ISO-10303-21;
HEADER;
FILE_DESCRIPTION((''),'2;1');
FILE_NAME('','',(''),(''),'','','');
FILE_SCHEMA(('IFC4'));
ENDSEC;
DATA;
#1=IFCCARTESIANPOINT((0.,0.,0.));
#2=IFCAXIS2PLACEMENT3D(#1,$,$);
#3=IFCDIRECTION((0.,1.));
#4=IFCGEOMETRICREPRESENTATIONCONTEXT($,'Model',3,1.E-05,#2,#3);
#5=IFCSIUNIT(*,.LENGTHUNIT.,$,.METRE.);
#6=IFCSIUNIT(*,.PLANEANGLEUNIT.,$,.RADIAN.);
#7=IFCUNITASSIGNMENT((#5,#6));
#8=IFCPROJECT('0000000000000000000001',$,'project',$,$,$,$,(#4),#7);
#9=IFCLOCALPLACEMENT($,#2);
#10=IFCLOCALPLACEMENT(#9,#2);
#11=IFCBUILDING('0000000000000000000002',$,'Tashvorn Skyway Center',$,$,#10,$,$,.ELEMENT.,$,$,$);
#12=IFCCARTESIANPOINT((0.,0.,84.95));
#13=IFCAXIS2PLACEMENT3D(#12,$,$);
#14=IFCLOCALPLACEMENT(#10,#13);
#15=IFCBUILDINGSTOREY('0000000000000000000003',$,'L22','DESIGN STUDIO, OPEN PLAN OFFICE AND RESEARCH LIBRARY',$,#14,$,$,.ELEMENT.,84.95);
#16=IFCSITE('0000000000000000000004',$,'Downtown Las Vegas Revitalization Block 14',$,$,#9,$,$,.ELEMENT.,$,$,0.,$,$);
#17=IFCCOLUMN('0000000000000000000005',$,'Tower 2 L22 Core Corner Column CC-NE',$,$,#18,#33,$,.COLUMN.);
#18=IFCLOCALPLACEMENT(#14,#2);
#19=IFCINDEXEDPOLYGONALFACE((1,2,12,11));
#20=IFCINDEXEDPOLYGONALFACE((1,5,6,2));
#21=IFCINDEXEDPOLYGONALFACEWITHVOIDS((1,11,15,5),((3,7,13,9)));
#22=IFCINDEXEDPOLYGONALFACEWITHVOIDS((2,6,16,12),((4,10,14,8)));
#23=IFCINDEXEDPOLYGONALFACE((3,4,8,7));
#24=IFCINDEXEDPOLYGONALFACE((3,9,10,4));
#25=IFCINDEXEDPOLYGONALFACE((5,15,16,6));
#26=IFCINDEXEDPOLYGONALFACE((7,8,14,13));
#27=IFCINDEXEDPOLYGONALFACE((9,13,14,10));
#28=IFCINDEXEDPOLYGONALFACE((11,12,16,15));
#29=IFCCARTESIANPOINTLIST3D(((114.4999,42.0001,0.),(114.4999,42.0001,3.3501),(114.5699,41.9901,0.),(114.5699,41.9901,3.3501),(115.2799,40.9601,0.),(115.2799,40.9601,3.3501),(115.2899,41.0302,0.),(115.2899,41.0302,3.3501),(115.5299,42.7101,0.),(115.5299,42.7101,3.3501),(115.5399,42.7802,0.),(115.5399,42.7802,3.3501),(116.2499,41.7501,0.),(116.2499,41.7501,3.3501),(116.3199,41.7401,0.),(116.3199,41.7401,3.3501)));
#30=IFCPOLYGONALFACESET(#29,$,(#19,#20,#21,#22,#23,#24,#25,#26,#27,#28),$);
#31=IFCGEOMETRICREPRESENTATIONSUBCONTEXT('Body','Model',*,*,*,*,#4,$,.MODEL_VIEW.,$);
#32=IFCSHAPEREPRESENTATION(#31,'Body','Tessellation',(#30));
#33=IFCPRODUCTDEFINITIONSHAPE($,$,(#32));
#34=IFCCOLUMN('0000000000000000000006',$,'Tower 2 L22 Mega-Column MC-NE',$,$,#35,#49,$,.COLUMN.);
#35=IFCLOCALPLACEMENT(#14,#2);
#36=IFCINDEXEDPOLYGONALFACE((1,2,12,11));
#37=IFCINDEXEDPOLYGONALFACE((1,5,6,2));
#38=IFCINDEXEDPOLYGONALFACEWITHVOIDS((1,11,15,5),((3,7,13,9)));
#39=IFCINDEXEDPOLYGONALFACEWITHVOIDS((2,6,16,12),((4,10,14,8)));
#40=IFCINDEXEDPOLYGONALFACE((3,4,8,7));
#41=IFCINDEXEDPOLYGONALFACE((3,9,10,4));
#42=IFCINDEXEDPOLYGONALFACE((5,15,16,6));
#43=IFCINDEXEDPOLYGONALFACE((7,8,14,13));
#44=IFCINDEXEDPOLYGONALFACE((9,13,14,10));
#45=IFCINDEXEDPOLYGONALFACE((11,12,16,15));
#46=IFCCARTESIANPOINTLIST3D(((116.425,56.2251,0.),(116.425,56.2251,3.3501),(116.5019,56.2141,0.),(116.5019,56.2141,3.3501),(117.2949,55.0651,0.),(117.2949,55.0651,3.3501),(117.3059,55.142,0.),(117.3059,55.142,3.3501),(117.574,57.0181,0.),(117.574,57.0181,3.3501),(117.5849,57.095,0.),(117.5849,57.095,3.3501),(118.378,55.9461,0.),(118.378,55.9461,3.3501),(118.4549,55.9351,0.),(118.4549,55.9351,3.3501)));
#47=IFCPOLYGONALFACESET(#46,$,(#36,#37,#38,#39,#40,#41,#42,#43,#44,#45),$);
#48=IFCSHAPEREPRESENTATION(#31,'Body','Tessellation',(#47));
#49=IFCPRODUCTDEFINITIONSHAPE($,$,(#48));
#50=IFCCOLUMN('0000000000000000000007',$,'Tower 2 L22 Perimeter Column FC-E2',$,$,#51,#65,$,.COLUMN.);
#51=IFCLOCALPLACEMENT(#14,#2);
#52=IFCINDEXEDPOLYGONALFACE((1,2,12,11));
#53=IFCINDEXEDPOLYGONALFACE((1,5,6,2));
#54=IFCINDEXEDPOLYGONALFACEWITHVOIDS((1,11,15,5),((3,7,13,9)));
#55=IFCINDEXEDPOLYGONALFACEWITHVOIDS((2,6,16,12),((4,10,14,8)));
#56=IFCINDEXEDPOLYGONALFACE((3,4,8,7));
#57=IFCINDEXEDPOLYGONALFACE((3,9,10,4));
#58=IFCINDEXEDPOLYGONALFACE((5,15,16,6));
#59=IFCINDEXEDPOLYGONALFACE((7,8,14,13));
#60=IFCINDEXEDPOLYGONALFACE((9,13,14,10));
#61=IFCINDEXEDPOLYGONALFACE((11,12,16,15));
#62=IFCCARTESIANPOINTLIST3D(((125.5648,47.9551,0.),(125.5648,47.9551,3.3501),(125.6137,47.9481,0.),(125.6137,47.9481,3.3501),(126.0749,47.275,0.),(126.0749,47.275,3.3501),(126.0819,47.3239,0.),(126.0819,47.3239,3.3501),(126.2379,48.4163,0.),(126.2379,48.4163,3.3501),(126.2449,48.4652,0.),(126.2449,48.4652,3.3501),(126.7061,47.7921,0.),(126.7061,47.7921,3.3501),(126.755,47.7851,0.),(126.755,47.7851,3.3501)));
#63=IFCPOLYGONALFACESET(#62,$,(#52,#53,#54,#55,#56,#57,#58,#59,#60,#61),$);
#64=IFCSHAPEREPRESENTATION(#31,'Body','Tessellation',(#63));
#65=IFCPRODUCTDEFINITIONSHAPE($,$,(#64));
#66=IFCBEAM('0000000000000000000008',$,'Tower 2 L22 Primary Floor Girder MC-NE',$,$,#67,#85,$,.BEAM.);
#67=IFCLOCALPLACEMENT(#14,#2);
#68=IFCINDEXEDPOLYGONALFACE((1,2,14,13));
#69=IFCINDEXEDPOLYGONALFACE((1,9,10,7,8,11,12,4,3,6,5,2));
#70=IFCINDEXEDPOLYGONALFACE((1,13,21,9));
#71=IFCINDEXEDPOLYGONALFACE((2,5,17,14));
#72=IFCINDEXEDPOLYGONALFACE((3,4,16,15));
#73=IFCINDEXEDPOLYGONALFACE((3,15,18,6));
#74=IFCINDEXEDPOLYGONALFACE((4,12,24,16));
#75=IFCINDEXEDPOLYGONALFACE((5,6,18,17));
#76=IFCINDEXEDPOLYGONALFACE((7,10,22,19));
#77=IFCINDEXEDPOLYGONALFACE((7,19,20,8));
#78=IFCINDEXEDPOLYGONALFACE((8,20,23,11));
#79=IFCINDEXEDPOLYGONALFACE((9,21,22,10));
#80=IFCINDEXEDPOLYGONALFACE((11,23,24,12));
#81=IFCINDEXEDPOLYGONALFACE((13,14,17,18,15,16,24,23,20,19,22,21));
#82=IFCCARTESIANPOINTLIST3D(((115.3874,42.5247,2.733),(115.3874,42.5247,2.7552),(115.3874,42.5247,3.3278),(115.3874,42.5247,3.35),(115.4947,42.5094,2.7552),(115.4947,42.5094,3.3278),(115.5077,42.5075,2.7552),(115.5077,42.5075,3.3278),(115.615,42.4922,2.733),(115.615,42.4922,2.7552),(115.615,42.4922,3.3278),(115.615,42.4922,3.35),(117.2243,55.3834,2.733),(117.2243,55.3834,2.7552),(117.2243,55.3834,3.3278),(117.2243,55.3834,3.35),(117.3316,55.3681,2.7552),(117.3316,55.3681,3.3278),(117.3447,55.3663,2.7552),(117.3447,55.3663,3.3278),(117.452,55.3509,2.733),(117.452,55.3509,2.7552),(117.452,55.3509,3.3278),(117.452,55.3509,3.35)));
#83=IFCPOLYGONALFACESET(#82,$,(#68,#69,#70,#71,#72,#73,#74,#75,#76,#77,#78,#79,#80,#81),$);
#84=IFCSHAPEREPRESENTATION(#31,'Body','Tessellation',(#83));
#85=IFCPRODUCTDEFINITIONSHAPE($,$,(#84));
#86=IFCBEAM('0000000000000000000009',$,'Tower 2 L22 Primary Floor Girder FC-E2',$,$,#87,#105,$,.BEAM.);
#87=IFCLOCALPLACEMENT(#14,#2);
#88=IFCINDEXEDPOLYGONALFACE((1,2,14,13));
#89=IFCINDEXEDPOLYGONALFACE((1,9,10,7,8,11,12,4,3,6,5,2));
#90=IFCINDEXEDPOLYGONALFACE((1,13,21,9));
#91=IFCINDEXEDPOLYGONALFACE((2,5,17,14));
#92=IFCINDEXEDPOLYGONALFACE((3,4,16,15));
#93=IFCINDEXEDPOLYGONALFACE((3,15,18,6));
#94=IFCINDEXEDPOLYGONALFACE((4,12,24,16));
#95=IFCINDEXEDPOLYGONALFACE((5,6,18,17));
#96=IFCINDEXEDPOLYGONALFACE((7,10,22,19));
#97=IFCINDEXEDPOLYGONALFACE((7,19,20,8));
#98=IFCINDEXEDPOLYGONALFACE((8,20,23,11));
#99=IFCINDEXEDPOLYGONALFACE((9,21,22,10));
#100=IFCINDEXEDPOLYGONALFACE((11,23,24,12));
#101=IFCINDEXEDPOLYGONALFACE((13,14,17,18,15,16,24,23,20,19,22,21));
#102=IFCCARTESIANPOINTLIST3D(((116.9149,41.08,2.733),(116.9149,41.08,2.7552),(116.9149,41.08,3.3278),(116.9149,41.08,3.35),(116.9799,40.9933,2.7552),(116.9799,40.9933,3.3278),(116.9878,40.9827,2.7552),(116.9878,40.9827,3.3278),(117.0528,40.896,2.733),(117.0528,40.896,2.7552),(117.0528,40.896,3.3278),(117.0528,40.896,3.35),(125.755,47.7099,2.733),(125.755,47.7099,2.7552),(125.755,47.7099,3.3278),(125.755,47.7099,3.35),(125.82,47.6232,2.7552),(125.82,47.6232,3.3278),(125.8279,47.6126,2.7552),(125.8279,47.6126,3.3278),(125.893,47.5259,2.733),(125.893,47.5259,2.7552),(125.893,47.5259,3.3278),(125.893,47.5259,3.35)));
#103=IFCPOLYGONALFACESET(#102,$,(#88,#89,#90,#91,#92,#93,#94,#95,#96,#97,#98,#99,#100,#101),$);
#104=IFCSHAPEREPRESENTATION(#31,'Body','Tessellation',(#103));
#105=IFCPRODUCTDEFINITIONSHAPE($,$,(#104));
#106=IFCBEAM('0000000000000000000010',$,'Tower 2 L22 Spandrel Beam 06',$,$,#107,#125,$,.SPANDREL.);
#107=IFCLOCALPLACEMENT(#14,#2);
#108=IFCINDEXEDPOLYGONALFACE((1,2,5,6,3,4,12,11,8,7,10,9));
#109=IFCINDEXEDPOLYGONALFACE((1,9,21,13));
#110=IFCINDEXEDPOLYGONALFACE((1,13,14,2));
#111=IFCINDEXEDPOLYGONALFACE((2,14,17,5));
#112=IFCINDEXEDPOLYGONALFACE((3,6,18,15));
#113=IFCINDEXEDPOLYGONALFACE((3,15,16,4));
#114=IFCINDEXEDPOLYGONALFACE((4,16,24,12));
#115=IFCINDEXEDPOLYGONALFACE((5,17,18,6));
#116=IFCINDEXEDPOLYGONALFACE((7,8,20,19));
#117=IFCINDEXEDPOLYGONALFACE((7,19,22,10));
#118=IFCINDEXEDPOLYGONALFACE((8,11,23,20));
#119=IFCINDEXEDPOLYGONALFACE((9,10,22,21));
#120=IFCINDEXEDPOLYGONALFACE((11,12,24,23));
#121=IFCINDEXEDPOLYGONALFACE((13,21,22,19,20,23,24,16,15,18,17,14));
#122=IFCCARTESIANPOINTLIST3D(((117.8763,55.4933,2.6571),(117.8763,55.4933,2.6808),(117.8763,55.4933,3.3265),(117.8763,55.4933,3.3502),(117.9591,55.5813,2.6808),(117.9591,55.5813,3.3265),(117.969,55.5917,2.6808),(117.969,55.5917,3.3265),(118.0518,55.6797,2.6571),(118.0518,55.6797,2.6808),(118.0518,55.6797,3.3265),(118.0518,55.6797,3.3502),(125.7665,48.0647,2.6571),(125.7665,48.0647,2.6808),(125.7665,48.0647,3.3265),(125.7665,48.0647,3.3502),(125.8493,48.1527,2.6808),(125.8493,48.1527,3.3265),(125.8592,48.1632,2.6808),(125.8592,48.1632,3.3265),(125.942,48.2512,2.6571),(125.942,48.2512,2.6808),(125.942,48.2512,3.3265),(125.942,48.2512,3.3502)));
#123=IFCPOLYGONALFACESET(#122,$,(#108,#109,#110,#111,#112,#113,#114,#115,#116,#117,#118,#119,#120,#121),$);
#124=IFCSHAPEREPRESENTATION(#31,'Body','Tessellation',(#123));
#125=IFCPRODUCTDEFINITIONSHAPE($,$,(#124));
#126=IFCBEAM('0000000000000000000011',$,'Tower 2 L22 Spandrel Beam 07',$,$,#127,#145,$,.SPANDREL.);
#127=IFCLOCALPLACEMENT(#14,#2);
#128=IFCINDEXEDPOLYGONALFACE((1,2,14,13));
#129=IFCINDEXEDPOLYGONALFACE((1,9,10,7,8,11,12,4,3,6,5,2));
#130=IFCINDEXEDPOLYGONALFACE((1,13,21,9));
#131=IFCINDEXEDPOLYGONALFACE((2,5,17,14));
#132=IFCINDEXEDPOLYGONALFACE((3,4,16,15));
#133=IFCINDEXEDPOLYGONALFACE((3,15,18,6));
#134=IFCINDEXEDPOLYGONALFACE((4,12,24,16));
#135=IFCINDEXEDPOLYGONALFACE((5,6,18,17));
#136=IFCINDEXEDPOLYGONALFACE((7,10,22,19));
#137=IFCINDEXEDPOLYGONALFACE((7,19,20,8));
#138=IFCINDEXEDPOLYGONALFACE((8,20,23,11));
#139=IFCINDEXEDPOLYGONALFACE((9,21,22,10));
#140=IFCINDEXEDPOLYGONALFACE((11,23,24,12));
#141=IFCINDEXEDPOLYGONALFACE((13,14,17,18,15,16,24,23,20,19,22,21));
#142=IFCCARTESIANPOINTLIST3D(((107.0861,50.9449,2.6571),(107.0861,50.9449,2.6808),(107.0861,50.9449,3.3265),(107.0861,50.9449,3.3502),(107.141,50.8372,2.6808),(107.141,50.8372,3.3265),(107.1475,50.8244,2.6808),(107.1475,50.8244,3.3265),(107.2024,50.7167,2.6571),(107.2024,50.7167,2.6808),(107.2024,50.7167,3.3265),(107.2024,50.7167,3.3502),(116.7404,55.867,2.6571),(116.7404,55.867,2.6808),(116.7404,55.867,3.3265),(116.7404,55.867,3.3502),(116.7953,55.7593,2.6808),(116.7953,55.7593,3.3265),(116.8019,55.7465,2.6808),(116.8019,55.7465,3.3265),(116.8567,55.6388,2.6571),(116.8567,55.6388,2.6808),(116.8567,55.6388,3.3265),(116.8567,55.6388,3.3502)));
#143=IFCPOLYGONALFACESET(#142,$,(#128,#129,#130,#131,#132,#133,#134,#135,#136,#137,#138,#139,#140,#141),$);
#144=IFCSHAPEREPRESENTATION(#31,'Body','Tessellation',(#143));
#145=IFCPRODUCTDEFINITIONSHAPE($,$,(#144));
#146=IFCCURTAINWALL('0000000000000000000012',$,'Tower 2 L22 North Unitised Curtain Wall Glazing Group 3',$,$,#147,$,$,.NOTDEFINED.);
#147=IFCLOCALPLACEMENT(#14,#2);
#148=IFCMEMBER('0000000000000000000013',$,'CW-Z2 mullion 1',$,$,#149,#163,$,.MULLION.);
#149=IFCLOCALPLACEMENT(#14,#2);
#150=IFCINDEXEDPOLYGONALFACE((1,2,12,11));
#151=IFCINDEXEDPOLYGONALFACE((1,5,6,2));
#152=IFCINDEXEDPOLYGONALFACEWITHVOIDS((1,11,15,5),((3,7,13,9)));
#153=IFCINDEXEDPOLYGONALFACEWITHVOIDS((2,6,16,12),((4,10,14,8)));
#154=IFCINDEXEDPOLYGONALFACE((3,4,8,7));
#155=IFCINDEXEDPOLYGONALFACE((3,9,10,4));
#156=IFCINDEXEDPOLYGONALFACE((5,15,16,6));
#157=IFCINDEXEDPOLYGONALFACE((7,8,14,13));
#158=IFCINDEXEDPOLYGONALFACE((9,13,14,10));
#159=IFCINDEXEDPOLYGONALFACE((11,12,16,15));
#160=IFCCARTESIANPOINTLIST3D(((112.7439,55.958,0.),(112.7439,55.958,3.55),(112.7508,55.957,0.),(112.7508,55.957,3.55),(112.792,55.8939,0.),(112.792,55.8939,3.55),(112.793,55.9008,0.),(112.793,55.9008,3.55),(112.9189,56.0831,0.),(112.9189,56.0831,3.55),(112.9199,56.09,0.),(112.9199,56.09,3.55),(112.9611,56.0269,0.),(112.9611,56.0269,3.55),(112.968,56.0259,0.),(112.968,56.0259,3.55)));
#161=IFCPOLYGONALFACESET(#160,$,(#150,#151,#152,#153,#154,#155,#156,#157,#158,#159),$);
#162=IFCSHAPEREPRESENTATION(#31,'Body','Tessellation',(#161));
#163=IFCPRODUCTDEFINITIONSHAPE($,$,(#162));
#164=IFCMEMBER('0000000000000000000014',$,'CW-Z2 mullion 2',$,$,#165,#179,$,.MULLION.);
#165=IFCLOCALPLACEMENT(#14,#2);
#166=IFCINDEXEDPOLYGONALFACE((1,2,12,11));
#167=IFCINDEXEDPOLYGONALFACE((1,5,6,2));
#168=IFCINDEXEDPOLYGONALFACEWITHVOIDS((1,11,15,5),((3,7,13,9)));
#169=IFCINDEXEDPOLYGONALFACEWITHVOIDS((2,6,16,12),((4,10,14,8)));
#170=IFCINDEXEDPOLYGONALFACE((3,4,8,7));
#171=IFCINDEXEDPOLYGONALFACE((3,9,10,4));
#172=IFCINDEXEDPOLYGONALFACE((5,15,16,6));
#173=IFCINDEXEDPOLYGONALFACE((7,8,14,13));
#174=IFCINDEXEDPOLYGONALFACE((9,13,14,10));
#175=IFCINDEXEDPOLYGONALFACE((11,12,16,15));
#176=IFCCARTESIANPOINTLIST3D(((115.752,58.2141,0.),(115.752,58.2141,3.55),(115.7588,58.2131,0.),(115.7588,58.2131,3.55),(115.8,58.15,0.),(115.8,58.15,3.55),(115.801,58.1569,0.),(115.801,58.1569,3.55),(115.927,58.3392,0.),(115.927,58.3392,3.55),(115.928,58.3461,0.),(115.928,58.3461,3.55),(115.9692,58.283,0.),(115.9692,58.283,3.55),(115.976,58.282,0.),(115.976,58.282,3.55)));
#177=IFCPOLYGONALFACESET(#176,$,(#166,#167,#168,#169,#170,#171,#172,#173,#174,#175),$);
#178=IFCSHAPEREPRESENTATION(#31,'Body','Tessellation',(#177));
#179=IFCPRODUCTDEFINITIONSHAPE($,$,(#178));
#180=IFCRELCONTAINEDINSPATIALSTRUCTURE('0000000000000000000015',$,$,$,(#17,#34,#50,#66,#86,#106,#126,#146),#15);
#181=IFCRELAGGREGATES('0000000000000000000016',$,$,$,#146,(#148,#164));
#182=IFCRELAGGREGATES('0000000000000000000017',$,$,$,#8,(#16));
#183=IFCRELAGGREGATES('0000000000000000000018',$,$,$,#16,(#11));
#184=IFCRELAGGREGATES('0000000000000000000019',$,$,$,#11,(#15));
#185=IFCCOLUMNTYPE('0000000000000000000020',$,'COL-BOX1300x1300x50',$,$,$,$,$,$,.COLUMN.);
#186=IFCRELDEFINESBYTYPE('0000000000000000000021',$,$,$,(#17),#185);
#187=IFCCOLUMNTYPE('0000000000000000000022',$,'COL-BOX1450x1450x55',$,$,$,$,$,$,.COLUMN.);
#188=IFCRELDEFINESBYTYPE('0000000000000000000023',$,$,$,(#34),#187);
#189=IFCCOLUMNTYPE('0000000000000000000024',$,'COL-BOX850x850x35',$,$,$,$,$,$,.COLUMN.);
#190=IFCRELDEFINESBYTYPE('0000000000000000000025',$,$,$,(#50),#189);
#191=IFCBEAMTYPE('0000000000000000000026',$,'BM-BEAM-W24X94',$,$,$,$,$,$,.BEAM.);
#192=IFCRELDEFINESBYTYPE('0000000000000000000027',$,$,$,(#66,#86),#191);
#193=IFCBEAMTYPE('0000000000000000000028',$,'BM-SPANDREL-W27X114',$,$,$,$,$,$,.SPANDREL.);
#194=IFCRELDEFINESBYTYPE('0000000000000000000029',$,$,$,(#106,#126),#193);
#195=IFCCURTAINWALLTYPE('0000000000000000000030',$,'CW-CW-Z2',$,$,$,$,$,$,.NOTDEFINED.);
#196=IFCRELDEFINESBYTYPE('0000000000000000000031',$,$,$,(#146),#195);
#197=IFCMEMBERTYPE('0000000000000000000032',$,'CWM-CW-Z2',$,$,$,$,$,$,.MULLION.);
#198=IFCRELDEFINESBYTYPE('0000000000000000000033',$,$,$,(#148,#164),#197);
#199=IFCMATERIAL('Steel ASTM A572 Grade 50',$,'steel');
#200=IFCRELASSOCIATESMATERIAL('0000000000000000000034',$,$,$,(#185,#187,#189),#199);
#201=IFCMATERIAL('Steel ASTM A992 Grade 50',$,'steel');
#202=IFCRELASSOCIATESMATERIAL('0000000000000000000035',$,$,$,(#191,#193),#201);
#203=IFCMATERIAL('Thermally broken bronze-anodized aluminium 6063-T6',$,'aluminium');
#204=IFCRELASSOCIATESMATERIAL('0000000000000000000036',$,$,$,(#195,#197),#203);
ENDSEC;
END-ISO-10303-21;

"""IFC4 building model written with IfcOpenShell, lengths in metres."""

from ifc_helpers import new_model, si_unit, direction, frame, origin, origin_2d, place, context, subcontext, project, spatial, hollow_rectangle, i_section, extrude, material, material_profile, profile_set, type_object, element, aggregate, save


model = new_model("IFC4")

# Units and contexts
model_context = context("Model", 3, precision=1e-05, world=origin(), true_north=direction((0.0, 1.0)))
body_context = subcontext(model_context, "Body", "Model", "MODEL_VIEW")
ifc_project = project(units=[si_unit("LENGTHUNIT", "METRE"), si_unit("PLANEANGLEUNIT", "RADIAN")], contexts=[model_context])

# Site, building, storey
site_placement = place(None, origin())
site = spatial("IfcSite", under=ifc_project, at=site_placement, Name="Downtown Las Vegas Revitalization Block 14", CompositionType="ELEMENT", RefElevation=0.0)
building_placement = place(site_placement, origin())
building = spatial("IfcBuilding", under=site, at=building_placement, Name="Tashvorn Skyway Center", CompositionType="ELEMENT")
storey_placement = place(building_placement, frame((0.0, 0.0, 84.95)))
storey = spatial("IfcBuildingStorey", under=building, at=storey_placement, Name="L22", Description="DESIGN STUDIO, OPEN PLAN OFFICE AND RESEARCH LIBRARY", CompositionType="ELEMENT", Elevation=84.95)

# Columns
ifc_material_1 = material(Name="Steel ASTM A572 Grade 50", Category="steel")
ifc_material_profile_1 = material_profile(ifc_material_1, hollow_rectangle(XDim=1.3, YDim=1.3, WallThickness=0.05, at=origin_2d()), Name="BOX1300x1300x50")
ifc_profile_set_1 = profile_set([ifc_material_profile_1], Name="Steel ASTM A572 Grade 50")
column_type_1 = type_object("IfcColumnType", Name="COL-BOX1300x1300x50", PredefinedType="COLUMN", material=ifc_profile_set_1)
column_1_placement = place(storey_placement, frame((115.4099, 41.8701, 0.0), z_axis=(0.0, 0.0, 1.0), x_axis=(0.8, 0.6, 0.0)))
element("IfcColumn", 1, at=column_1_placement, inside=storey, type_object=column_type_1, Name="Tower 2 L22 Core Corner Column CC-NE", PredefinedType="COLUMN", context=body_context, shape_type="SweptSolid", body=[
    extrude(hollow_rectangle(XDim=1.3, YDim=1.3, WallThickness=0.05, at=origin_2d()), origin(), (0.0, 0.0, 1.0), 3.3501),
])
ifc_material_profile_2 = material_profile(ifc_material_1, hollow_rectangle(XDim=1.45, YDim=1.45, WallThickness=0.0549, at=origin_2d()), Name="BOX1450x1450x55")
ifc_profile_set_2 = profile_set([ifc_material_profile_2], Name="Steel ASTM A572 Grade 50")
column_type_2 = type_object("IfcColumnType", Name="COL-BOX1450x1450x55", PredefinedType="COLUMN", material=ifc_profile_set_2)
column_2_placement = place(storey_placement, frame((117.4399, 56.0801, 0.0), z_axis=(0.0, 0.0, 1.0), x_axis=(0.8, 0.6, 0.0)))
element("IfcColumn", 2, at=column_2_placement, inside=storey, type_object=column_type_2, Name="Tower 2 L22 Mega-Column MC-NE", PredefinedType="COLUMN", context=body_context, shape_type="SweptSolid", body=[
    extrude(hollow_rectangle(XDim=1.45, YDim=1.45, WallThickness=0.0549, at=origin_2d()), origin(), (0.0, 0.0, 1.0), 3.3501),
])
ifc_material_profile_3 = material_profile(ifc_material_1, hollow_rectangle(XDim=0.8501, YDim=0.8501, WallThickness=0.0349, at=origin_2d()), Name="BOX850x850x35")
ifc_profile_set_3 = profile_set([ifc_material_profile_3], Name="Steel ASTM A572 Grade 50")
column_type_3 = type_object("IfcColumnType", Name="COL-BOX850x850x35", PredefinedType="COLUMN", material=ifc_profile_set_3)
column_3_placement = place(storey_placement, frame((126.1599, 47.8701, 0.0), z_axis=(0.0, 0.0, 1.0), x_axis=(0.8, 0.6, 0.0)))
element("IfcColumn", 3, at=column_3_placement, inside=storey, type_object=column_type_3, Name="Tower 2 L22 Perimeter Column FC-E2", PredefinedType="COLUMN", context=body_context, shape_type="SweptSolid", body=[
    extrude(hollow_rectangle(XDim=0.8501, YDim=0.8501, WallThickness=0.0349, at=origin_2d()), origin(), (0.0, 0.0, 1.0), 3.3501),
])

# Beams
ifc_material_2 = material(Name="Steel ASTM A992 Grade 50", Category="steel")
ifc_material_profile_4 = material_profile(ifc_material_2, i_section(OverallWidth=0.23, OverallDepth=0.6169, WebThickness=0.0132, FlangeThickness=0.0222, at=origin_2d()), Name="W24X94")
ifc_profile_set_4 = profile_set([ifc_material_profile_4], Name="Steel ASTM A992 Grade 50")
beam_type_1 = type_object("IfcBeamType", Name="BM-BEAM-W24X94", PredefinedType="BEAM", material=ifc_profile_set_4)
beam_1_placement = place(storey_placement, frame((117.3381, 55.3672, 3.0415), z_axis=(-0.141419, -0.98995, 0.0), x_axis=(0.98995, -0.141419, 0.0)))
element("IfcBeam", 4, at=beam_1_placement, inside=storey, type_object=beam_type_1, Name="Tower 2 L22 Primary Floor Girder MC-NE", PredefinedType="BEAM", context=body_context, shape_type="SweptSolid", body=[
    extrude(i_section(OverallWidth=0.23, OverallDepth=0.6169, WebThickness=0.0132, FlangeThickness=0.0222, at=origin_2d()), origin(), (0.0, 0.0, 1.0), 12.9893),
])
beam_2_placement = place(storey_placement, frame((125.824, 47.6179, 3.0415), z_axis=(-0.800008, -0.599989, 0.0), x_axis=(0.599989, -0.800008, 0.0)))
element("IfcBeam", 5, at=beam_2_placement, inside=storey, type_object=beam_type_1, Name="Tower 2 L22 Primary Floor Girder FC-E2", PredefinedType="BEAM", context=body_context, shape_type="SweptSolid", body=[
    extrude(i_section(OverallWidth=0.23, OverallDepth=0.6169, WebThickness=0.0132, FlangeThickness=0.0222, at=origin_2d()), origin(), (0.0, 0.0, 1.0), 11.05),
])
ifc_material_profile_5 = material_profile(ifc_material_2, i_section(OverallWidth=0.2561, OverallDepth=0.6931, WebThickness=0.0144, FlangeThickness=0.0237, at=origin_2d()), Name="W27X114")
ifc_profile_set_5 = profile_set([ifc_material_profile_5], Name="Steel ASTM A992 Grade 50")
beam_type_2 = type_object("IfcBeamType", Name="BM-SPANDREL-W27X114", PredefinedType="SPANDREL", material=ifc_profile_set_5)
beam_3_placement = place(storey_placement, frame((125.8542, 48.158, 3.0037), z_axis=(-0.728087, 0.685485, 0.0), x_axis=(-0.685485, -0.728087, 0.0)))
element("IfcBeam", 6, at=beam_3_placement, inside=storey, type_object=beam_type_2, Name="Tower 2 L22 Spandrel Beam 06", PredefinedType="SPANDREL", context=body_context, shape_type="SweptSolid", body=[
    extrude(i_section(OverallWidth=0.2561, OverallDepth=0.6931, WebThickness=0.0144, FlangeThickness=0.0237, at=origin_2d()), origin(), (0.0, 0.0, 1.0), 10.8369),
])
beam_4_placement = place(storey_placement, frame((116.7986, 55.7529, 3.0037), z_axis=(-0.890894, -0.454211, 0.0), x_axis=(0.454211, -0.890894, 0.0)))
element("IfcBeam", 7, at=beam_4_placement, inside=storey, type_object=beam_type_2, Name="Tower 2 L22 Spandrel Beam 07", PredefinedType="SPANDREL", context=body_context, shape_type="SweptSolid", body=[
    extrude(i_section(OverallWidth=0.2561, OverallDepth=0.6931, WebThickness=0.0144, FlangeThickness=0.0237, at=origin_2d()), origin(), (0.0, 0.0, 1.0), 10.8367),
])

# Curtain wall, members
ifc_material_3 = material(Name="Thermally broken bronze-anodized aluminium 6063-T6", Category="aluminium")
curtain_wall_type = type_object("IfcCurtainWallType", Name="CW-CW-Z2", PredefinedType="NOTDEFINED", material=ifc_material_3)
curtain_wall_1_placement = place(storey_placement, origin())
curtain_wall_1 = element("IfcCurtainWall", 8, at=curtain_wall_1_placement, inside=storey, type_object=curtain_wall_type, Name="Tower 2 L22 North Unitised Curtain Wall Glazing Group 3", PredefinedType="NOTDEFINED")
ifc_material_profile_6 = material_profile(ifc_material_3, hollow_rectangle(XDim=0.0801, YDim=0.22, WallThickness=0.0049, at=origin_2d()), Name="ALU-MULL-80x220")
ifc_profile_set_6 = profile_set([ifc_material_profile_6], Name="Thermally broken bronze-anodized aluminium 6063-T6")
member_type_1 = type_object("IfcMemberType", Name="CWM-CW-Z2", PredefinedType="MULLION", material=ifc_profile_set_6)
member_1_placement = place(storey_placement, frame((112.856, 55.9919, 0.0), z_axis=(0.0, 0.0, 1.0), x_axis=(-0.6, 0.8, 0.0)))
member_1 = element("IfcMember", 9, at=member_1_placement, type_object=member_type_1, Name="CW-Z2 mullion 1", PredefinedType="MULLION", context=body_context, shape_type="SweptSolid", body=[
    extrude(hollow_rectangle(XDim=0.0801, YDim=0.22, WallThickness=0.0049, at=origin_2d()), origin(), (0.0, 0.0, 1.0), 3.55),
])
member_2_placement = place(storey_placement, frame((115.864, 58.248, 0.0), z_axis=(0.0, 0.0, 1.0), x_axis=(-0.6, 0.8, 0.0)))
member_2 = element("IfcMember", 10, at=member_2_placement, type_object=member_type_1, Name="CW-Z2 mullion 2", PredefinedType="MULLION", context=body_context, shape_type="SweptSolid", body=[
    extrude(hollow_rectangle(XDim=0.0801, YDim=0.22, WallThickness=0.0049, at=origin_2d()), origin(), (0.0, 0.0, 1.0), 3.55),
])

aggregate(curtain_wall_1, [member_1, member_2])

save(model, "model.ifc")
